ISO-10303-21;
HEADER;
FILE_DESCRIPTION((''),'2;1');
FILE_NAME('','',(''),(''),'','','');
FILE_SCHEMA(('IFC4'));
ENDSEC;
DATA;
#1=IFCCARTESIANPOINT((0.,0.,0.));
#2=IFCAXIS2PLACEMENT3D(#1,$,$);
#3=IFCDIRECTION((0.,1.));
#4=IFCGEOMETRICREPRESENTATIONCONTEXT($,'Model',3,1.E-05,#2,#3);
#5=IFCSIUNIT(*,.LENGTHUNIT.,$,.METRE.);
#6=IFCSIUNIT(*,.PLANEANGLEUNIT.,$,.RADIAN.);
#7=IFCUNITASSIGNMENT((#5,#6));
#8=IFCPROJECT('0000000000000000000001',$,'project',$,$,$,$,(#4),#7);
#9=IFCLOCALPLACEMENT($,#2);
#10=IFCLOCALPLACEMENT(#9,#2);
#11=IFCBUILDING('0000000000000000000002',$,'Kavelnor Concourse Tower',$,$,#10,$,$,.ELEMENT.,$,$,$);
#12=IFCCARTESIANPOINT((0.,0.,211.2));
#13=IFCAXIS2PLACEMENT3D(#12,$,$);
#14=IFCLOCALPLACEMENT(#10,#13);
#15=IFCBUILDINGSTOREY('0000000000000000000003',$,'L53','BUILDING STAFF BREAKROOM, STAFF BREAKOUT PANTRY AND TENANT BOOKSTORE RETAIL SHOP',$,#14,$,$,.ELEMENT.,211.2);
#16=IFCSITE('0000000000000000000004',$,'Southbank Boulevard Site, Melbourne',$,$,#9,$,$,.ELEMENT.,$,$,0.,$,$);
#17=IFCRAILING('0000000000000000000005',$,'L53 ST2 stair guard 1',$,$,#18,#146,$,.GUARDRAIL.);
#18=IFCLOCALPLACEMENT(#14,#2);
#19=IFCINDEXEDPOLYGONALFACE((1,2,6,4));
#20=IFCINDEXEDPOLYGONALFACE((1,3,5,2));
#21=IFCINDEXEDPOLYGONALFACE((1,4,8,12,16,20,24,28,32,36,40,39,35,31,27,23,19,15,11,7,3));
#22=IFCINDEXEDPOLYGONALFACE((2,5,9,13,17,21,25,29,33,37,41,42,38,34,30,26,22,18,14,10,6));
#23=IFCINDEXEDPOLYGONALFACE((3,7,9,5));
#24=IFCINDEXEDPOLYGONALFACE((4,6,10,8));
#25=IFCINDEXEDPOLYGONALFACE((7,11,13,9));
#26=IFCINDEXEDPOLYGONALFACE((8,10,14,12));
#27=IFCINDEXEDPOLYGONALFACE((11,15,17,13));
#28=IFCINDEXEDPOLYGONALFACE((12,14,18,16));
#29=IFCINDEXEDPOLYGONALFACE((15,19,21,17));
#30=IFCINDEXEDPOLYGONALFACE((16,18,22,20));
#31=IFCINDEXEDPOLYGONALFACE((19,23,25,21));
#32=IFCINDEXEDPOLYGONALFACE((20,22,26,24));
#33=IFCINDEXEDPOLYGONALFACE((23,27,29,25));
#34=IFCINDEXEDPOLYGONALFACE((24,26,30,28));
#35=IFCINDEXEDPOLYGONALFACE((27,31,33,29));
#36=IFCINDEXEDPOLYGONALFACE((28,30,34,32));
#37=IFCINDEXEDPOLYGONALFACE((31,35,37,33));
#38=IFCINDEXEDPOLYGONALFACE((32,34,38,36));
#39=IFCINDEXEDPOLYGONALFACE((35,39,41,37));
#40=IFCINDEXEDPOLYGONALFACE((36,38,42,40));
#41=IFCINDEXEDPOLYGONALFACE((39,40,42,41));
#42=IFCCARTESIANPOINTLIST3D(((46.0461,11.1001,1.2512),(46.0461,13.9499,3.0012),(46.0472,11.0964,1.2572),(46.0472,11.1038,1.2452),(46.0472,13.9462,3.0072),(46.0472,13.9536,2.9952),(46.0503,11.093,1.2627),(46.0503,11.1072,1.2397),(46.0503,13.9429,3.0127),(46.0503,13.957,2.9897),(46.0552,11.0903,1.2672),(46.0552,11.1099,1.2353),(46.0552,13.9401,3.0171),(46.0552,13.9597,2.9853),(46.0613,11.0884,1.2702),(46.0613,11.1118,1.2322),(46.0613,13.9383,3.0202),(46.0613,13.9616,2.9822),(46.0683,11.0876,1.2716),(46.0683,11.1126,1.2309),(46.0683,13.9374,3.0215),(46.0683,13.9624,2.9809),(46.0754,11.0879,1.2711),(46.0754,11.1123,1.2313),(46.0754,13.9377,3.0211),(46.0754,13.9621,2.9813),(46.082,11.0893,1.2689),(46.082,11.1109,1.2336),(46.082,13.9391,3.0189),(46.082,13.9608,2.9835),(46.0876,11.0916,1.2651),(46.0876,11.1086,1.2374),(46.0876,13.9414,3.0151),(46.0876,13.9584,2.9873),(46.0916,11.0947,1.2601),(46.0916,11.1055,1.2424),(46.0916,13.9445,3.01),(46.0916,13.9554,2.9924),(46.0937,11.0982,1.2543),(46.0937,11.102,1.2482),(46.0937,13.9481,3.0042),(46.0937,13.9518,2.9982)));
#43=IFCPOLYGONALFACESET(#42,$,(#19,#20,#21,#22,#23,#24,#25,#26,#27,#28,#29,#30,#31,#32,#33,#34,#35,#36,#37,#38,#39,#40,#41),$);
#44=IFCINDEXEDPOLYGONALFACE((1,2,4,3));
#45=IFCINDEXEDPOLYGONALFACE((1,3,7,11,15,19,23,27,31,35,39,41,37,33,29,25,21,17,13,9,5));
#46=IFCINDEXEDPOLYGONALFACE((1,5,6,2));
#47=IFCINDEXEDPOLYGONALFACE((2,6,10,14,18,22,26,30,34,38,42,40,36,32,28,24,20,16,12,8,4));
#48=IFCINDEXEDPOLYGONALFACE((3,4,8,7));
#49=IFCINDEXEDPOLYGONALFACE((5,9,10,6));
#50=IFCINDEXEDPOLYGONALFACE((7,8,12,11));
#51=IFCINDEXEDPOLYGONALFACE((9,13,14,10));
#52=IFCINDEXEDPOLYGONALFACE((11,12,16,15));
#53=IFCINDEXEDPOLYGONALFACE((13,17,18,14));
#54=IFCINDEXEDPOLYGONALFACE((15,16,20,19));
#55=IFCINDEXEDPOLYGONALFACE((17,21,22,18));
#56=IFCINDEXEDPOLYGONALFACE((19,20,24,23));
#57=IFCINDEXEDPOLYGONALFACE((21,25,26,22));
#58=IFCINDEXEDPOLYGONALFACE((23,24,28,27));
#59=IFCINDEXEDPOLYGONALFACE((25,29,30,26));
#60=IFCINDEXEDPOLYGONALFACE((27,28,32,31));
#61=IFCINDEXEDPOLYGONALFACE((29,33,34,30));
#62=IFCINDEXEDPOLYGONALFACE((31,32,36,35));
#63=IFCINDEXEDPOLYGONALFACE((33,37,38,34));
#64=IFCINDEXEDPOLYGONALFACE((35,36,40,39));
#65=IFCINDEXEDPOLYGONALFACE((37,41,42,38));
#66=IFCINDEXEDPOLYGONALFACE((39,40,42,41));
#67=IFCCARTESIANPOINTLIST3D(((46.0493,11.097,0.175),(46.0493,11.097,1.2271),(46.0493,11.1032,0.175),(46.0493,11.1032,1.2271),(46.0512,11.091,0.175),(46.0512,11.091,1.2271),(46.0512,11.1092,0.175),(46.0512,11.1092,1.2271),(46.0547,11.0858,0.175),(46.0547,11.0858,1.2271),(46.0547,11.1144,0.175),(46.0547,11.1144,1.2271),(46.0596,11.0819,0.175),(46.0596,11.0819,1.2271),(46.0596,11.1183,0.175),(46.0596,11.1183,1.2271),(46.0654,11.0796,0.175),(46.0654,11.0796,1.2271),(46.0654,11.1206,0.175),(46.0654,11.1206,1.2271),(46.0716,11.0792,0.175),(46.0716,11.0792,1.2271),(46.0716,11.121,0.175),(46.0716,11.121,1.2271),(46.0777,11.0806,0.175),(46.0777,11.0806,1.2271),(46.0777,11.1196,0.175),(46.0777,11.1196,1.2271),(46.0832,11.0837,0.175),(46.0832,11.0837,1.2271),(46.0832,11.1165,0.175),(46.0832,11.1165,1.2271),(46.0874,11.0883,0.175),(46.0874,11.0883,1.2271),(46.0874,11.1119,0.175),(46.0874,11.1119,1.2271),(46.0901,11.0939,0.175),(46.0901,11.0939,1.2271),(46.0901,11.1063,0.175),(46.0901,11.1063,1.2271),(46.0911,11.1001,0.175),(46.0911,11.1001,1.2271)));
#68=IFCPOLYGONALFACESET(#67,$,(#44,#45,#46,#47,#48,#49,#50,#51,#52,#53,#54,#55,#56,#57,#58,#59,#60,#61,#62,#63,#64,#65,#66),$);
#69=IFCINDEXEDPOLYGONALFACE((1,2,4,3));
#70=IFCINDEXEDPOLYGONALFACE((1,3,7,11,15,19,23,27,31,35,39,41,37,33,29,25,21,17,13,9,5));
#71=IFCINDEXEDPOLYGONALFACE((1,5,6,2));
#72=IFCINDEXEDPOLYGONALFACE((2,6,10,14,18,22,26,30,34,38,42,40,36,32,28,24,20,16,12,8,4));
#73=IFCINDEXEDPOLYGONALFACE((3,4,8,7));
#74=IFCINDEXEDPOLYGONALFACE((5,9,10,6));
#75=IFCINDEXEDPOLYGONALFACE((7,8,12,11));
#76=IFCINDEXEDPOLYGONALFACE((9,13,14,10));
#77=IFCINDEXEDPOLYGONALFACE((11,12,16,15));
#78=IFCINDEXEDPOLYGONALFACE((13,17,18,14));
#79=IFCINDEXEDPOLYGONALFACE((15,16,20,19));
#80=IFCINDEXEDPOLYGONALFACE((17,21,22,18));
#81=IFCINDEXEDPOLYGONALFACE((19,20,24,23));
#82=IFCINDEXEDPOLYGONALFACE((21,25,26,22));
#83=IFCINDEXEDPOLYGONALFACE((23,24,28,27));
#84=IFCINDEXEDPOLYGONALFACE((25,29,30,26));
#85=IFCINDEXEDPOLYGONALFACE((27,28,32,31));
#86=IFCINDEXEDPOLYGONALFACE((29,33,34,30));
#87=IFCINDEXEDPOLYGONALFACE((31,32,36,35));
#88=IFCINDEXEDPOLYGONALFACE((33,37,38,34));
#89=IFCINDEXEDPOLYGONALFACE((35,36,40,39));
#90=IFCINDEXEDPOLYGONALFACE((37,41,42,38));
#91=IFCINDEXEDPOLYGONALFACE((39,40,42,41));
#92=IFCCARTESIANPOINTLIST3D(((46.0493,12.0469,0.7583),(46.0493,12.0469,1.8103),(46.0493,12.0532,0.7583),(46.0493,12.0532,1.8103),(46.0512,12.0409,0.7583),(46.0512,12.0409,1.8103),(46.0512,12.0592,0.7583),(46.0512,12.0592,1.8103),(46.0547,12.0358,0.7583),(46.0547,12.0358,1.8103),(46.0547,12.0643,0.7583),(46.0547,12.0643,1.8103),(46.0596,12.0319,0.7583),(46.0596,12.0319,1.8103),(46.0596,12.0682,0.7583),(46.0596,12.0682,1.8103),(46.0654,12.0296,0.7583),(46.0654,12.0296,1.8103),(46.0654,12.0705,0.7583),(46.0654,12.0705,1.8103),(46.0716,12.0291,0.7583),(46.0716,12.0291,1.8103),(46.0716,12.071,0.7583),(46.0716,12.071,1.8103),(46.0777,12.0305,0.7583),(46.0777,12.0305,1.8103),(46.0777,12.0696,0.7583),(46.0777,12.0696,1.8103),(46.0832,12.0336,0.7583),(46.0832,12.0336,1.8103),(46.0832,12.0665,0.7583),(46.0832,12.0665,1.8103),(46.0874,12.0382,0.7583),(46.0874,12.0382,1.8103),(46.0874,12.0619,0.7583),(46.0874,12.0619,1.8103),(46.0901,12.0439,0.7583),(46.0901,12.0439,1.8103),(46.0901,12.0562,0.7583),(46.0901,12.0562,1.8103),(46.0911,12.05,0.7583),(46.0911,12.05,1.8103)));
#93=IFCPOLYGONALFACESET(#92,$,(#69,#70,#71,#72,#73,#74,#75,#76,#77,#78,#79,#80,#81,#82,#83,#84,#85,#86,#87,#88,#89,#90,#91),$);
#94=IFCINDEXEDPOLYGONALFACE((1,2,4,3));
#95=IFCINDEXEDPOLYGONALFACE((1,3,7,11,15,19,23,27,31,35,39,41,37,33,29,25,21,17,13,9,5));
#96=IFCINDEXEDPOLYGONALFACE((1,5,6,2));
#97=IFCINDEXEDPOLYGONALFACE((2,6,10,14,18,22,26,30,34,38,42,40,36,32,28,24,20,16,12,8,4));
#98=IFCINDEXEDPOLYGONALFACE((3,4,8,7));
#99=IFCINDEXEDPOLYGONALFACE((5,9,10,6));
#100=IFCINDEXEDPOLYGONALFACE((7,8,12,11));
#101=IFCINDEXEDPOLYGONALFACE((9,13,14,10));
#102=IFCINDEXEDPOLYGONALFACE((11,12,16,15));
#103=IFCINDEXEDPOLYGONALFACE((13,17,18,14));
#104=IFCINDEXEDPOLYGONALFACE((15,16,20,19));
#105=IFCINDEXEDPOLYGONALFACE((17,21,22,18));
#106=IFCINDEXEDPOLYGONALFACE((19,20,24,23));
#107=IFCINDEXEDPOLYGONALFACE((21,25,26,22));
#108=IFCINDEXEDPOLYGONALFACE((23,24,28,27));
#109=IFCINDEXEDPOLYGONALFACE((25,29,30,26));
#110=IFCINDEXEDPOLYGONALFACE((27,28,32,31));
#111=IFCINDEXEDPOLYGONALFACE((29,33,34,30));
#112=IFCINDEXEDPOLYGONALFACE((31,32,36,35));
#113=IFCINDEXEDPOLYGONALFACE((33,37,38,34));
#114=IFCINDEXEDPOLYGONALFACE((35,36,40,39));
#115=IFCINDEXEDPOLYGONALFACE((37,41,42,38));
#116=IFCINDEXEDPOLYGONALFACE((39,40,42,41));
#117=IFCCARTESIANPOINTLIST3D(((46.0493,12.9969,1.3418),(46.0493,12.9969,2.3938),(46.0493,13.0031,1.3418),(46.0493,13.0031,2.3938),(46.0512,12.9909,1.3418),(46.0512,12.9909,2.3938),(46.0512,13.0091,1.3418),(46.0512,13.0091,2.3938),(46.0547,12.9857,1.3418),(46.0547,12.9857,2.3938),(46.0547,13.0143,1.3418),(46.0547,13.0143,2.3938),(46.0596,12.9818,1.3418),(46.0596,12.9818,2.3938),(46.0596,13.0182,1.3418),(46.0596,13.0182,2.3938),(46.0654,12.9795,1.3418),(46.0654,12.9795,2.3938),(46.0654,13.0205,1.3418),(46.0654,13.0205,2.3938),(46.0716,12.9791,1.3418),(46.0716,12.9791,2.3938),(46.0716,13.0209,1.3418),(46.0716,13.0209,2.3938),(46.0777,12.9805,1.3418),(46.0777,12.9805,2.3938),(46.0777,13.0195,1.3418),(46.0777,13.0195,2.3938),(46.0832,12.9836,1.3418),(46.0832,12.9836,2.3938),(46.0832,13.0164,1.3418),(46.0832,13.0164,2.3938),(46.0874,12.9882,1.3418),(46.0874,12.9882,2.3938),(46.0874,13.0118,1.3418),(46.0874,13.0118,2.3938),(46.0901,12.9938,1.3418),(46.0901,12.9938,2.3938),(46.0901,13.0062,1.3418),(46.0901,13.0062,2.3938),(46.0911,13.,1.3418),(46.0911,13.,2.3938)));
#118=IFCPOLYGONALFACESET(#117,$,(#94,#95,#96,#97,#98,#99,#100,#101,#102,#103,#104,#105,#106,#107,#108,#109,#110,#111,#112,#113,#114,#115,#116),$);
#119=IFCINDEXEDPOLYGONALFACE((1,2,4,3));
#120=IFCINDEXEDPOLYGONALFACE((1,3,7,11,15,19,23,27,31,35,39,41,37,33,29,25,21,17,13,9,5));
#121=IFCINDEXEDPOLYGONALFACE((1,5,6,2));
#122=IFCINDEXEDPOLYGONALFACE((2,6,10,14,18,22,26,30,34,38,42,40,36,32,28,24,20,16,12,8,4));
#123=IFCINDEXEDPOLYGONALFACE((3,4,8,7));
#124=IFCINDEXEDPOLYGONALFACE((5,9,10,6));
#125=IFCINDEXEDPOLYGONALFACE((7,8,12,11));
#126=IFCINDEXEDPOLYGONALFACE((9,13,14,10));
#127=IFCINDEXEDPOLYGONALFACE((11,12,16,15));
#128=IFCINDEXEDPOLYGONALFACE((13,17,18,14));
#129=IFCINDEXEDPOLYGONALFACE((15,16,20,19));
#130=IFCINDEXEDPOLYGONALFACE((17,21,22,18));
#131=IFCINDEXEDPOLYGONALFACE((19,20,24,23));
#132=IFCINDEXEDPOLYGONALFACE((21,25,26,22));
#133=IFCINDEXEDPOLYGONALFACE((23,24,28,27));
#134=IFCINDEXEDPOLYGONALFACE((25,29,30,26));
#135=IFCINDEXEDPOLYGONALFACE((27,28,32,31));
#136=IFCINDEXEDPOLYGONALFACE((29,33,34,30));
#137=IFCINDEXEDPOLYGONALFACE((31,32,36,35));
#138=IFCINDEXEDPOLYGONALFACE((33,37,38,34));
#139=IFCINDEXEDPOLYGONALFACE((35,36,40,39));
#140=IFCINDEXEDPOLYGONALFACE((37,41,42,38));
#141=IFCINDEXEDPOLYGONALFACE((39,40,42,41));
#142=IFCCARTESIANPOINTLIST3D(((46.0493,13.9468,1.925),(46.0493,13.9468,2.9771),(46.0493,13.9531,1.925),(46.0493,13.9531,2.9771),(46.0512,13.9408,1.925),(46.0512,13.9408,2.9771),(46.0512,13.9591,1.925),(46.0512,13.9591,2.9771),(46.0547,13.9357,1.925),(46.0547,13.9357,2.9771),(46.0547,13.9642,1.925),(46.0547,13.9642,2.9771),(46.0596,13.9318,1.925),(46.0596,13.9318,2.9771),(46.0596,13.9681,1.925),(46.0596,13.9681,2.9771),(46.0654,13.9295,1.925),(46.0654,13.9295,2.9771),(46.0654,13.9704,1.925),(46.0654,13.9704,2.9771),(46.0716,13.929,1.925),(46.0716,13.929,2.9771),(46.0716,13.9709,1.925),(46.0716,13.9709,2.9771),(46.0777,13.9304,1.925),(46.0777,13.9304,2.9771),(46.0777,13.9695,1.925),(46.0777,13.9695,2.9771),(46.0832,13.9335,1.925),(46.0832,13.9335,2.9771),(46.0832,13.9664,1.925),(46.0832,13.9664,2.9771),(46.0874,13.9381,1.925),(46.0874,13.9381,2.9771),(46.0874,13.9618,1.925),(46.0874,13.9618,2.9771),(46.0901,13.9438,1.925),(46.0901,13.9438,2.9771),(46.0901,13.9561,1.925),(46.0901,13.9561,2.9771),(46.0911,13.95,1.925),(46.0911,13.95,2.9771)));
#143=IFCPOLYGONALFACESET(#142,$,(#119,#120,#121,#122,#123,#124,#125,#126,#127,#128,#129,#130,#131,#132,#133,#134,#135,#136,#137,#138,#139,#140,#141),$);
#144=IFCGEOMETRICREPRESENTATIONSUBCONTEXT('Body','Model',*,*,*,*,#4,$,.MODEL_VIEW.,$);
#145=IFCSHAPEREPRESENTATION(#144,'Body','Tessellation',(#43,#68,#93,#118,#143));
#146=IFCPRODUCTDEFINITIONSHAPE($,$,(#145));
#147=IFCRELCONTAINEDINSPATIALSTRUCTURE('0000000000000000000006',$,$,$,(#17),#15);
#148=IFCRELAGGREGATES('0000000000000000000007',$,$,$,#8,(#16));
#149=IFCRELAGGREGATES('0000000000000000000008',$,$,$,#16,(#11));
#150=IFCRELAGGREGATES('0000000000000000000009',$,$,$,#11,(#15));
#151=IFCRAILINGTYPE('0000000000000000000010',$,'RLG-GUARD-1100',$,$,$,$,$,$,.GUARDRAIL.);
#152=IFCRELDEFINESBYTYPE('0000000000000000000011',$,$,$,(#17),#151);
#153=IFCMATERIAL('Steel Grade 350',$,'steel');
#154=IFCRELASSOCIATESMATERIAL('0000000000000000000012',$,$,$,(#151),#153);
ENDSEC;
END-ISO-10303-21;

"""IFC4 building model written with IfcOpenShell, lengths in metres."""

from ifc_helpers import new_model, si_unit, direction, frame, origin, origin_2d, place, context, subcontext, project, spatial, circle, extrude, material, type_object, element, save


model = new_model("IFC4")

# Units and contexts
model_context = context("Model", 3, precision=1e-05, world=origin(), true_north=direction((0.0, 1.0)))
body_context = subcontext(model_context, "Body", "Model", "MODEL_VIEW")
ifc_project = project(units=[si_unit("LENGTHUNIT", "METRE"), si_unit("PLANEANGLEUNIT", "RADIAN")], contexts=[model_context])

# Site, building, storey
site_placement = place(None, origin())
site = spatial("IfcSite", under=ifc_project, at=site_placement, Name="Southbank Boulevard Site, Melbourne", CompositionType="ELEMENT", RefElevation=0.0)
building_placement = place(site_placement, origin())
building = spatial("IfcBuilding", under=site, at=building_placement, Name="Kavelnor Concourse Tower", CompositionType="ELEMENT")
storey_placement = place(building_placement, frame((0.0, 0.0, 211.2)))
storey = spatial("IfcBuildingStorey", under=building, at=storey_placement, Name="L53", Description="BUILDING STAFF BREAKROOM, STAFF BREAKOUT PANTRY AND TENANT BOOKSTORE RETAIL SHOP", CompositionType="ELEMENT", Elevation=211.2)

# Shared definitions
ifc_material_1 = material(Name="Steel Grade 350", Category="steel")

# Railing
railing_type_1 = type_object("IfcRailingType", Name="RLG-GUARD-1100", PredefinedType="GUARDRAIL", material=ifc_material_1)
railing_1_placement = place(storey_placement, frame((46.0701, 11.1001, 0.175)))
element("IfcRailing", 1, at=railing_1_placement, inside=storey, type_object=railing_type_1, Name="L53 ST2 stair guard 1", PredefinedType="GUARDRAIL", context=body_context, shape_type="SweptSolid", body=[
    extrude(circle(Radius=0.0239, at=origin_2d()), frame((0.0, 0.0, 1.0762), z_axis=(0.0, 0.852159, 0.523283), x_axis=(-1.0, 0.0, 0.0)), (0.0, 0.0, 1.0), 3.3442),
    extrude(circle(Radius=0.021, at=origin_2d()), origin(), (0.0, 0.0, 1.0), 1.052),
    extrude(circle(Radius=0.021, at=origin_2d()), frame((0.0, 0.95, 0.5833)), (0.0, 0.0, 1.0), 1.052),
    extrude(circle(Radius=0.021, at=origin_2d()), frame((0.0, 1.8999, 1.1667)), (0.0, 0.0, 1.0), 1.052),
    extrude(circle(Radius=0.021, at=origin_2d()), frame((0.0, 2.8499, 1.75)), (0.0, 0.0, 1.0), 1.052),
])

save(model, "model.ifc")
